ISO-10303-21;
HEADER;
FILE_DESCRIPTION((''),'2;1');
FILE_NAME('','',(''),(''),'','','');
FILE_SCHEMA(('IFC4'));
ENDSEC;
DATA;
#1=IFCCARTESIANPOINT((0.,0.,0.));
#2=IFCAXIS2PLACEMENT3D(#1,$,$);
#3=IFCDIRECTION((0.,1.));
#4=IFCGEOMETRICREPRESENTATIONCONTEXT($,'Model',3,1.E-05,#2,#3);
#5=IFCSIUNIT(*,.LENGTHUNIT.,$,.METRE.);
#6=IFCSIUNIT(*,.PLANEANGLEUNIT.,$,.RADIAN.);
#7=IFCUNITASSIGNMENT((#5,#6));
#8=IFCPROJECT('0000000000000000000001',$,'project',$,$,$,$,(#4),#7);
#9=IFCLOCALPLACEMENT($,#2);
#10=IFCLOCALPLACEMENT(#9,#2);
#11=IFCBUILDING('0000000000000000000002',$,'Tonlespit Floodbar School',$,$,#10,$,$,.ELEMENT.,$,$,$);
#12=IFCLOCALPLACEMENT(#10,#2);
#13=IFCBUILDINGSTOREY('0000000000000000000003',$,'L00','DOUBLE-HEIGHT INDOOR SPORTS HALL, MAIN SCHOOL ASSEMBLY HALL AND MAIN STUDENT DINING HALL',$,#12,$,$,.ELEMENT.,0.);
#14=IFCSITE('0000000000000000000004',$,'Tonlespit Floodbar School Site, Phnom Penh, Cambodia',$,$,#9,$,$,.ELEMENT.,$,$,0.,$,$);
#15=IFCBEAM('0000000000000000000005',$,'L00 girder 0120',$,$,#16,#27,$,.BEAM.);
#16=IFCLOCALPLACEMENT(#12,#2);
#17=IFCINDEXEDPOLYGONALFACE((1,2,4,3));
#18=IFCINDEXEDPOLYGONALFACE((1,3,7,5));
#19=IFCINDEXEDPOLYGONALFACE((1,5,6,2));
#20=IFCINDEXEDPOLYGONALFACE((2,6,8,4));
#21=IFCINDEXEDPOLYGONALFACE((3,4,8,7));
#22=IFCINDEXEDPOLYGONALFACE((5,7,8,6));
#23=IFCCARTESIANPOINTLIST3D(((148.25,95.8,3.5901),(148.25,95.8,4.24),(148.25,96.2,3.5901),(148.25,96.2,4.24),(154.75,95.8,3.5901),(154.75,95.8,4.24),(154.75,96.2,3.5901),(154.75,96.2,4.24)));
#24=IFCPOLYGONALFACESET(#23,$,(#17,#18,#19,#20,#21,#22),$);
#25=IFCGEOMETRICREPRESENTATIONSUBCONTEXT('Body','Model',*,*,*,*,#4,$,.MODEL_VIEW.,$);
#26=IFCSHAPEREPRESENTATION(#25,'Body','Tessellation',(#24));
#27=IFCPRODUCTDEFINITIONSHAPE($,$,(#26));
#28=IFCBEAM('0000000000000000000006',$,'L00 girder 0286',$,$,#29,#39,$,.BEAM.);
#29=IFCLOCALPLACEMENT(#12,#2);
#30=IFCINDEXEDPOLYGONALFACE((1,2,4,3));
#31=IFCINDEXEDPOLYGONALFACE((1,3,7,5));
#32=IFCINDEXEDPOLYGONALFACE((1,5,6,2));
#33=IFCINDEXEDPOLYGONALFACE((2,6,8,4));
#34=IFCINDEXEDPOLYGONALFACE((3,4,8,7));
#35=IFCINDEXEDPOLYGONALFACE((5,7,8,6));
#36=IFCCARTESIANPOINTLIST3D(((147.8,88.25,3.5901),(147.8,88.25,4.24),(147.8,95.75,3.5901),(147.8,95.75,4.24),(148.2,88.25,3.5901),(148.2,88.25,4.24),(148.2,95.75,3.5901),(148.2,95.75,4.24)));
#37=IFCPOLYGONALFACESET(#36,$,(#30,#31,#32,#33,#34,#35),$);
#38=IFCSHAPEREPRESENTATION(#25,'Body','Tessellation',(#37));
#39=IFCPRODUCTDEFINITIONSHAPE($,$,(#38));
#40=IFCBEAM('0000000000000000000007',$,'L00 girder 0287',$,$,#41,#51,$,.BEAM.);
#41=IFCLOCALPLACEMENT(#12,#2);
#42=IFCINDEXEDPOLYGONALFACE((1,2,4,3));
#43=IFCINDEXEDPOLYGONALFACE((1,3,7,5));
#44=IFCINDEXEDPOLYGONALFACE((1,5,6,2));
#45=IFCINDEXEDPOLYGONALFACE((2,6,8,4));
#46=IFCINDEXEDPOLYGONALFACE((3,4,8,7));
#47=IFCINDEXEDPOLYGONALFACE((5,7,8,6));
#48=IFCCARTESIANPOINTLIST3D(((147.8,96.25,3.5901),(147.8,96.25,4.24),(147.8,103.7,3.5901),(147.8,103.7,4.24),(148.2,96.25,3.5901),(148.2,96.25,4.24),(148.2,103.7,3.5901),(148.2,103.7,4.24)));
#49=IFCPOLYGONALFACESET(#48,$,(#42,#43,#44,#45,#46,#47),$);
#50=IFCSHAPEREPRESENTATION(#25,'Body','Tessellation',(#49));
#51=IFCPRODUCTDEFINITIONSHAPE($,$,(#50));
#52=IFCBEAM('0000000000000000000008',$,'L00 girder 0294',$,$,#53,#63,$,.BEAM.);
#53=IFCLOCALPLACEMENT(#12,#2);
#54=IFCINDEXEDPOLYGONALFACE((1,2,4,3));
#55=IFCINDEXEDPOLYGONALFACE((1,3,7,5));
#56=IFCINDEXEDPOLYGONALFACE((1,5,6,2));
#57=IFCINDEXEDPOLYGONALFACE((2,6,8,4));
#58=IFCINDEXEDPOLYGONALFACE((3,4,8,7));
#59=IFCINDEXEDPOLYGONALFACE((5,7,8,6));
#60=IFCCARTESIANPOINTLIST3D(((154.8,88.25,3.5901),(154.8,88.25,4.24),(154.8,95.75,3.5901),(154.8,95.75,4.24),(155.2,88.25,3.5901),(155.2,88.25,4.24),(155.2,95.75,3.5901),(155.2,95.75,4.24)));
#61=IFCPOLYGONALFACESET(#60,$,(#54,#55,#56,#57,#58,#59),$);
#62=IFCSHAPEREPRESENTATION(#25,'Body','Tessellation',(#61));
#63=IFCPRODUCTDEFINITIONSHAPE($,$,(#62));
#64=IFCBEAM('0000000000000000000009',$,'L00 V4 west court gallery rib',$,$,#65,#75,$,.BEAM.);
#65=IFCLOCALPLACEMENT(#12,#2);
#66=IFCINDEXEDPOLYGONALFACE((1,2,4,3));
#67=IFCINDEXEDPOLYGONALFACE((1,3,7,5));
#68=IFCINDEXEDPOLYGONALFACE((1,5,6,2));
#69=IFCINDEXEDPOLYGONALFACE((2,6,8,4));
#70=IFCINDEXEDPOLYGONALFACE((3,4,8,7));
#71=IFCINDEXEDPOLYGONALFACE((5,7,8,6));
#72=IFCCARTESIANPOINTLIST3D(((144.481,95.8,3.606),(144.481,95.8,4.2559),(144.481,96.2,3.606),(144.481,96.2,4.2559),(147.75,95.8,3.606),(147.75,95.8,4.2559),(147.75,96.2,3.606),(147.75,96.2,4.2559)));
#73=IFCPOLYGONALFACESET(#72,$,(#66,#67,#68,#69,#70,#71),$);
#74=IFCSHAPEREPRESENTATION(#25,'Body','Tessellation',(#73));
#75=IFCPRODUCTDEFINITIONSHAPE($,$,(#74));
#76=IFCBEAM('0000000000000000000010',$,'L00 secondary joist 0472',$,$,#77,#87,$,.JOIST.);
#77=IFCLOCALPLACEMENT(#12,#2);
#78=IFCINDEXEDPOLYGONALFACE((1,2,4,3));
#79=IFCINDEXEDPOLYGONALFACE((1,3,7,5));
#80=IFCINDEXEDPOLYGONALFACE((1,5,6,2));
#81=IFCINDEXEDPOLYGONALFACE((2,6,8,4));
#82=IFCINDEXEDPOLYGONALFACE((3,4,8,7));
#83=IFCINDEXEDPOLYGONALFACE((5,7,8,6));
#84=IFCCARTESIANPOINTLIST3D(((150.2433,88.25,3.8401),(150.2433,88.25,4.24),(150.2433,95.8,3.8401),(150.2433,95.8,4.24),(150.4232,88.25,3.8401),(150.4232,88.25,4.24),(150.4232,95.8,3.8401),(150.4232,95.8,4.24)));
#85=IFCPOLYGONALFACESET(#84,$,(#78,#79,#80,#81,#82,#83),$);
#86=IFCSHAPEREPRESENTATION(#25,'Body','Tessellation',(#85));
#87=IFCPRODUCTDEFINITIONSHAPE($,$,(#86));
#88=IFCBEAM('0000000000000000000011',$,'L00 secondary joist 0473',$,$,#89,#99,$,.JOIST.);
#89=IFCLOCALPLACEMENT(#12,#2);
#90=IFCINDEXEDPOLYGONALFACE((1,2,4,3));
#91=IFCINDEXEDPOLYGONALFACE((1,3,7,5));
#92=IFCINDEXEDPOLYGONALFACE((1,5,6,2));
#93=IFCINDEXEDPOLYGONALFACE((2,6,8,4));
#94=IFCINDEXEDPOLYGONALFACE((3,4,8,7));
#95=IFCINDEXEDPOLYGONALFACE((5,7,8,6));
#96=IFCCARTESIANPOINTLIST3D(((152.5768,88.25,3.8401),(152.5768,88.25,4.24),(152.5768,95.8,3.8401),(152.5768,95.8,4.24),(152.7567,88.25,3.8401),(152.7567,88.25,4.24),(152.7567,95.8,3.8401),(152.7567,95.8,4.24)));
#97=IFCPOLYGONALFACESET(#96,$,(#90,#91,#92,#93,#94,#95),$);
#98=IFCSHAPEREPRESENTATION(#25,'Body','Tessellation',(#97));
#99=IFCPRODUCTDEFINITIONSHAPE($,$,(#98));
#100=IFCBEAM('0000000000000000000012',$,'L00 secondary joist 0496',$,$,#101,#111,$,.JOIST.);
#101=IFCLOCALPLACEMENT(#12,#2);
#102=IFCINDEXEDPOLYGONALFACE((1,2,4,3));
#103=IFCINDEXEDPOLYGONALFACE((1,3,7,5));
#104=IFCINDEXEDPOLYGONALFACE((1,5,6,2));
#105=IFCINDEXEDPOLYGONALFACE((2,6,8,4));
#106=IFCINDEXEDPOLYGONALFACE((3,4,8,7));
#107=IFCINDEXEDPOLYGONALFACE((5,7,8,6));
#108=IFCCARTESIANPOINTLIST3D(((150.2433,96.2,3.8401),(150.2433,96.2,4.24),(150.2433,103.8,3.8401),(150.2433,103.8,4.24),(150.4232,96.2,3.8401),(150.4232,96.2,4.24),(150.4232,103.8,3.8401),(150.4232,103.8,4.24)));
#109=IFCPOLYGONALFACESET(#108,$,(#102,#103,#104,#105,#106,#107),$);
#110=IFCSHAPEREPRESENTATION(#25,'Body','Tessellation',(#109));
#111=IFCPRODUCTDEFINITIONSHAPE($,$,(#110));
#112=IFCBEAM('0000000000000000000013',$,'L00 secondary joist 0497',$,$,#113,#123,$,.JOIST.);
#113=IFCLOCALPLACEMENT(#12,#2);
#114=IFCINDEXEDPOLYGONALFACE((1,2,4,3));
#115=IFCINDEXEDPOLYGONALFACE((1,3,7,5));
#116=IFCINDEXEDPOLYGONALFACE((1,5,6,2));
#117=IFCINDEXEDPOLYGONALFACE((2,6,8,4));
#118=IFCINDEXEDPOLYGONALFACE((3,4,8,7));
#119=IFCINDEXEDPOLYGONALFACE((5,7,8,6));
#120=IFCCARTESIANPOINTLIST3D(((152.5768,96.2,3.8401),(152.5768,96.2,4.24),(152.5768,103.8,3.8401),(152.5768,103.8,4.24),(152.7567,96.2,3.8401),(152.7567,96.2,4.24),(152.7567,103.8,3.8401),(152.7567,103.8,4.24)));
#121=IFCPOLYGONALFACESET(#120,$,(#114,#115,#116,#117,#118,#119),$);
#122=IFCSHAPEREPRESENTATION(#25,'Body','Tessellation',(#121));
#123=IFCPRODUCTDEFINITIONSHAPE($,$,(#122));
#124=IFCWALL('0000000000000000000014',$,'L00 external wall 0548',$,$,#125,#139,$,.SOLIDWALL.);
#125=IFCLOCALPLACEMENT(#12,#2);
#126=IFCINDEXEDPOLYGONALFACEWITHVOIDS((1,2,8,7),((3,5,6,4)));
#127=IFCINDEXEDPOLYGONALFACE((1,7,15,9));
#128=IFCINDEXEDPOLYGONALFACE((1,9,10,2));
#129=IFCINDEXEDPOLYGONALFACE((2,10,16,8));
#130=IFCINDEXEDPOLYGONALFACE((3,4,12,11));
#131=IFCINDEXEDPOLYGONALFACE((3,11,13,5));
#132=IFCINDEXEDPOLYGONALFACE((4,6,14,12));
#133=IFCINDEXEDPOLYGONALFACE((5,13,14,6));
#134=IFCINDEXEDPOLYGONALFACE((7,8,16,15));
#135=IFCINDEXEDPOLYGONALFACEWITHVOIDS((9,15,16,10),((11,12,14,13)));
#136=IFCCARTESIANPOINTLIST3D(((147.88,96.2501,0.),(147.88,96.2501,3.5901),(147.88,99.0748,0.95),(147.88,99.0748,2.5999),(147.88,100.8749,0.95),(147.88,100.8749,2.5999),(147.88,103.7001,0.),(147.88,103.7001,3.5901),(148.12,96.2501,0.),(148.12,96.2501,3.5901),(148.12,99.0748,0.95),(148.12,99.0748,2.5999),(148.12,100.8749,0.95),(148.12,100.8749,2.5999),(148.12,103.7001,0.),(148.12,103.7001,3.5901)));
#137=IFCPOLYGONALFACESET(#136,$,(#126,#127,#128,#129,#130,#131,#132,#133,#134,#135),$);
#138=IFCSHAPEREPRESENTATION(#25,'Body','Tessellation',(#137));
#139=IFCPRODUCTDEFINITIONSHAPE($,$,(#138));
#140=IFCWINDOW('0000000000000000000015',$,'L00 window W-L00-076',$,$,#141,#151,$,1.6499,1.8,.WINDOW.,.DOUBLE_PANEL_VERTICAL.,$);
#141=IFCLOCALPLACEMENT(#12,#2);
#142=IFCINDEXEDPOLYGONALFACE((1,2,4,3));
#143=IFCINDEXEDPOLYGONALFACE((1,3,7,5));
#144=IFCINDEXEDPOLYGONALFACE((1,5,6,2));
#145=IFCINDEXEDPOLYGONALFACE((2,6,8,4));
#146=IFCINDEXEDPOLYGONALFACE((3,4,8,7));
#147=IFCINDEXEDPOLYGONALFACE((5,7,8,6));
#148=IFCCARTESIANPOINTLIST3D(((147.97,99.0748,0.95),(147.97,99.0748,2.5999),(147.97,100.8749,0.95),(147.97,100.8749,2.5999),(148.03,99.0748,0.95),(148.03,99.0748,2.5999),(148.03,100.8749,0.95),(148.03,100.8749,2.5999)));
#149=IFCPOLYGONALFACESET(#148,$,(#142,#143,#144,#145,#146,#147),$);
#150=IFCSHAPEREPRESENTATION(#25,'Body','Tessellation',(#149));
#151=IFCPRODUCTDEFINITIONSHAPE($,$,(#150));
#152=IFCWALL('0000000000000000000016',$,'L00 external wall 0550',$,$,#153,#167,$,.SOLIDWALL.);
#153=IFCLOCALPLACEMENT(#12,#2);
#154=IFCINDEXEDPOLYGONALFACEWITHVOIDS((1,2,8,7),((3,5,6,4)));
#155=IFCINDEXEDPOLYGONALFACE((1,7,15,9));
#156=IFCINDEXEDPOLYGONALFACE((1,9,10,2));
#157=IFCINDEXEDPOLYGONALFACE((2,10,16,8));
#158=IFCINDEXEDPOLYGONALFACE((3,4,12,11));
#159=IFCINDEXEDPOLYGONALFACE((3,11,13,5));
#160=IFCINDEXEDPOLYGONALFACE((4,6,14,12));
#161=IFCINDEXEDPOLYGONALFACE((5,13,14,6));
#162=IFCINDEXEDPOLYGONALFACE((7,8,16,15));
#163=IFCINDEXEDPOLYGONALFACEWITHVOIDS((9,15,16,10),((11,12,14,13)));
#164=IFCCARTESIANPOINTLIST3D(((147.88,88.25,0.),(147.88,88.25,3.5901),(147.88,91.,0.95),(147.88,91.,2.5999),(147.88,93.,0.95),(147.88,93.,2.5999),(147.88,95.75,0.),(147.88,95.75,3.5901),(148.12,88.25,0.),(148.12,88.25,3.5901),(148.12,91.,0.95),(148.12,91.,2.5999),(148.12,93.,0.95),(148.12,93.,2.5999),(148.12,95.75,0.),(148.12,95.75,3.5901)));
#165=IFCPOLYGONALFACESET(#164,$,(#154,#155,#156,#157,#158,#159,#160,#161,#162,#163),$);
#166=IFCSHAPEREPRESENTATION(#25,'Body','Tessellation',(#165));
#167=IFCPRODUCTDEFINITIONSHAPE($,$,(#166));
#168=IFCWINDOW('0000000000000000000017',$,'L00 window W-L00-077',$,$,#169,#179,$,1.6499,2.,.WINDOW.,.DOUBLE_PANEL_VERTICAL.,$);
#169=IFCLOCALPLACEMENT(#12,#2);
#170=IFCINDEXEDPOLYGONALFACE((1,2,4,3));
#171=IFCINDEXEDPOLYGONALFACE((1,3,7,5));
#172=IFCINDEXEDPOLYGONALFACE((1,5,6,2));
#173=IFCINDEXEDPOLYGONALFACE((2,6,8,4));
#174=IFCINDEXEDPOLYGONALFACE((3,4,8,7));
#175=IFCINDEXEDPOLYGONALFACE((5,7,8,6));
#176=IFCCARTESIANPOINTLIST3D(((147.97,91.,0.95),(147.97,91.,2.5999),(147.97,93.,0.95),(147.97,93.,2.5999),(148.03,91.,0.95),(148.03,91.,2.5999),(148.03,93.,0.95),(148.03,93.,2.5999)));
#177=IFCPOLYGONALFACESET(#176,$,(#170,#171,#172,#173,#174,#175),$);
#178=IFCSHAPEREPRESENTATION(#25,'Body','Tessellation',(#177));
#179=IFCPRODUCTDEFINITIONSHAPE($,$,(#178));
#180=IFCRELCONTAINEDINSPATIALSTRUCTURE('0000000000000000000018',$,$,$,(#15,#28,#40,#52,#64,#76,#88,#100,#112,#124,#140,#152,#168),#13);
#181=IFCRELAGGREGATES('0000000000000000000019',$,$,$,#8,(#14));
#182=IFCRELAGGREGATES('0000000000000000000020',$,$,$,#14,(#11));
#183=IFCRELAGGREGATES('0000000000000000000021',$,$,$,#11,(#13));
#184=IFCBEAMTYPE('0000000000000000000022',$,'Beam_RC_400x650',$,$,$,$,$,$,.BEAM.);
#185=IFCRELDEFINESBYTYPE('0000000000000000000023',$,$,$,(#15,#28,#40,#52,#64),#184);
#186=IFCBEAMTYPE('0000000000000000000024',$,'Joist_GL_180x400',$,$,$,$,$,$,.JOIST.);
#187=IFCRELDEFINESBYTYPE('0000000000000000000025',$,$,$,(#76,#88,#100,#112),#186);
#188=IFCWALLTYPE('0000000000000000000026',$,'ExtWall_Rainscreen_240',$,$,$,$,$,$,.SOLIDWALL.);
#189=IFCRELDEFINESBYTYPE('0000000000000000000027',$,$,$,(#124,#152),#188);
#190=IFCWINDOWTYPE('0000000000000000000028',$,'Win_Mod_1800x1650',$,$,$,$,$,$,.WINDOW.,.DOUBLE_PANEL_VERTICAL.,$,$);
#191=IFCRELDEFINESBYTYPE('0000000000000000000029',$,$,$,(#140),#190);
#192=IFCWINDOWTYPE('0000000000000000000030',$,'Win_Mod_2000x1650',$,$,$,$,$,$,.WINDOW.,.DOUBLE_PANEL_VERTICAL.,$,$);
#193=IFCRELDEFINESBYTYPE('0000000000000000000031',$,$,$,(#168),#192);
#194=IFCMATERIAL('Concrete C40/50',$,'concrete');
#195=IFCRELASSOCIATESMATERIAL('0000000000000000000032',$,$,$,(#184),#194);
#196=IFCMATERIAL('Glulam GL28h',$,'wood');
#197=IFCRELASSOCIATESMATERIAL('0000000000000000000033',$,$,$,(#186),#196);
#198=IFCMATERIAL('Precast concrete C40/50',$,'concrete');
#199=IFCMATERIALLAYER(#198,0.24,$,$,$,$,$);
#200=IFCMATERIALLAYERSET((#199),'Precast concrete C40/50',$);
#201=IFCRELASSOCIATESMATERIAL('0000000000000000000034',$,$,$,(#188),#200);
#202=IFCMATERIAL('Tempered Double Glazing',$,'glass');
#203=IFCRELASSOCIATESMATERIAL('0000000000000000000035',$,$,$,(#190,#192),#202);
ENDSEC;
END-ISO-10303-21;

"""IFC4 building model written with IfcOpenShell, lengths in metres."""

from ifc_helpers import new_model, si_unit, direction, frame, frame_2d, origin, origin_2d, place, context, subcontext, project, spatial, rectangle, extrude, material, layer, layer_set, material_profile, profile_set, type_object, element, fill, save


model = new_model("IFC4")

# Units and contexts
model_context = context("Model", 3, precision=1e-05, world=origin(), true_north=direction((0.0, 1.0)))
body_context = subcontext(model_context, "Body", "Model", "MODEL_VIEW")
ifc_project = project(units=[si_unit("LENGTHUNIT", "METRE"), si_unit("PLANEANGLEUNIT", "RADIAN")], contexts=[model_context])

# Site, building, storey
site_placement = place(None, origin())
site = spatial("IfcSite", under=ifc_project, at=site_placement, Name="Tonlespit Floodbar School Site, Phnom Penh, Cambodia", CompositionType="ELEMENT", RefElevation=0.0)
building_placement = place(site_placement, origin())
building = spatial("IfcBuilding", under=site, at=building_placement, Name="Tonlespit Floodbar School", CompositionType="ELEMENT")
storey_placement = place(building_placement, origin())
storey = spatial("IfcBuildingStorey", under=building, at=storey_placement, Name="L00", Description="DOUBLE-HEIGHT INDOOR SPORTS HALL, MAIN SCHOOL ASSEMBLY HALL AND MAIN STUDENT DINING HALL", CompositionType="ELEMENT", Elevation=0.0)

# Shared definitions
ifc_material_1 = material(Name="Concrete C40/50", Category="concrete")

# Beams
ifc_material_profile_1 = material_profile(ifc_material_1, rectangle(XDim=0.3999, YDim=0.6499, at=origin_2d()), Name="RC 400x650")
ifc_profile_set_1 = profile_set([ifc_material_profile_1], Name="Concrete C40/50")
beam_type_1 = type_object("IfcBeamType", Name="Beam_RC_400x650", PredefinedType="BEAM", material=ifc_profile_set_1)
beam_1_placement = place(storey_placement, frame((148.25, 96.0, 3.915), z_axis=(1.0, 0.0, 0.0), x_axis=(0.0, 1.0, 0.0)))
element("IfcBeam", 1, at=beam_1_placement, inside=storey, type_object=beam_type_1, Name="L00 girder 0120", PredefinedType="BEAM", context=body_context, shape_type="SweptSolid", body=[
    extrude(rectangle(XDim=0.3999, YDim=0.6499, at=origin_2d()), origin(), (0.0, 0.0, 1.0), 6.5),
])
beam_2_placement = place(storey_placement, frame((148.0, 88.25, 3.915), z_axis=(0.0, 1.0, 0.0), x_axis=(-1.0, 0.0, 0.0)))
element("IfcBeam", 2, at=beam_2_placement, inside=storey, type_object=beam_type_1, Name="L00 girder 0286", PredefinedType="BEAM", context=body_context, shape_type="SweptSolid", body=[
    extrude(rectangle(XDim=0.3999, YDim=0.6499, at=origin_2d()), origin(), (0.0, 0.0, 1.0), 7.5),
])
beam_3_placement = place(storey_placement, frame((148.0, 96.25, 3.915), z_axis=(0.0, 1.0, 0.0), x_axis=(-1.0, 0.0, 0.0)))
element("IfcBeam", 3, at=beam_3_placement, inside=storey, type_object=beam_type_1, Name="L00 girder 0287", PredefinedType="BEAM", context=body_context, shape_type="SweptSolid", body=[
    extrude(rectangle(XDim=0.3999, YDim=0.6499, at=origin_2d()), origin(), (0.0, 0.0, 1.0), 7.45),
])
beam_4_placement = place(storey_placement, frame((155.0, 88.25, 3.915), z_axis=(0.0, 1.0, 0.0), x_axis=(-1.0, 0.0, 0.0)))
element("IfcBeam", 4, at=beam_4_placement, inside=storey, type_object=beam_type_1, Name="L00 girder 0294", PredefinedType="BEAM", context=body_context, shape_type="SweptSolid", body=[
    extrude(rectangle(XDim=0.3999, YDim=0.6499, at=origin_2d()), origin(), (0.0, 0.0, 1.0), 7.5),
])
beam_5_placement = place(storey_placement, frame((147.75, 96.0, 3.9309), z_axis=(-1.0, 0.0, 0.0), x_axis=(0.0, -1.0, 0.0)))
element("IfcBeam", 5, at=beam_5_placement, inside=storey, type_object=beam_type_1, Name="L00 V4 west court gallery rib", PredefinedType="BEAM", context=body_context, shape_type="SweptSolid", body=[
    extrude(rectangle(XDim=0.3999, YDim=0.6499, at=origin_2d()), origin(), (0.0, 0.0, 1.0), 3.269),
])
ifc_material_2 = material(Name="Glulam GL28h", Category="wood")
ifc_material_profile_2 = material_profile(ifc_material_2, rectangle(XDim=0.1799, YDim=0.3999, at=origin_2d()), Name="GL 180x400")
ifc_profile_set_2 = profile_set([ifc_material_profile_2], Name="Glulam GL28h")
beam_type_2 = type_object("IfcBeamType", Name="Joist_GL_180x400", PredefinedType="JOIST", material=ifc_profile_set_2)
for number, where, z_axis, x_axis, name in (
    (6, (150.3333, 88.25, 4.04), (0.0, 1.0, 0.0), (-1.0, 0.0, 0.0), "L00 secondary joist 0472"),
    (7, (152.6667, 88.25, 4.04), (0.0, 1.0, 0.0), (-1.0, 0.0, 0.0), "L00 secondary joist 0473"),
):
    element("IfcBeam", number, at=place(storey_placement, frame(where, z_axis=z_axis, x_axis=x_axis)), inside=storey, type_object=beam_type_2, Name=name, PredefinedType="JOIST", context=body_context, shape_type="SweptSolid", body=[
        extrude(rectangle(XDim=0.1799, YDim=0.3999, at=origin_2d()), origin(), (0.0, 0.0, 1.0), 7.55),
    ])
for number, where, z_axis, x_axis, name in (
    (8, (150.3333, 96.2, 4.04), (0.0, 1.0, 0.0), (-1.0, 0.0, 0.0), "L00 secondary joist 0496"),
    (9, (152.6667, 96.2, 4.04), (0.0, 1.0, 0.0), (-1.0, 0.0, 0.0), "L00 secondary joist 0497"),
):
    element("IfcBeam", number, at=place(storey_placement, frame(where, z_axis=z_axis, x_axis=x_axis)), inside=storey, type_object=beam_type_2, Name=name, PredefinedType="JOIST", context=body_context, shape_type="SweptSolid", body=[
        extrude(rectangle(XDim=0.1799, YDim=0.3999, at=origin_2d()), origin(), (0.0, 0.0, 1.0), 7.6001),
    ])

# Walls, openings, windows
ifc_material_3 = material(Name="Precast concrete C40/50", Category="concrete")
ifc_layer_1 = layer(ifc_material_3, 0.24)
ifc_layer_set_1 = layer_set([ifc_layer_1], Name="Precast concrete C40/50")
wall_type_1 = type_object("IfcWallType", Name="ExtWall_Rainscreen_240", PredefinedType="SOLIDWALL", material=ifc_layer_set_1)
wall_1_placement = place(storey_placement, frame((148.0, 96.25, 0.0), z_axis=(0.0, 0.0, 1.0), x_axis=(0.0, 1.0, 0.0)))
wall_1 = element("IfcWall", 10, at=wall_1_placement, inside=storey, type_object=wall_type_1, Name="L00 external wall 0548", PredefinedType="SOLIDWALL", context=body_context, shape_type="SweptSolid", body=[
    extrude(rectangle(XDim=7.45, YDim=0.24, at=frame_2d((3.7251, 0.0))), origin(), (0.0, 0.0, 1.0), 3.5901),
])
opening_1_placement = place(wall_1_placement, frame((2.825, 0.0, 0.95)))
opening_1 = element("IfcOpeningElement", 11, at=opening_1_placement, cuts=wall_1, PredefinedType="OPENING", context=body_context, shape_type="SweptSolid", body=[
    extrude(rectangle(XDim=1.8, YDim=1.6499, at=frame_2d((0.8999, 0.825))), frame((0.0, 0.1299, 0.0), z_axis=(0.0, -1.0, 0.0), x_axis=(1.0, 0.0, 0.0)), (0.0, 0.0, 1.0), 0.26),
])
ifc_material_4 = material(Name="Tempered Double Glazing", Category="glass")
window_type_1 = type_object("IfcWindowType", Name="Win_Mod_1800x1650", PartitioningType="DOUBLE_PANEL_VERTICAL", PredefinedType="WINDOW", material=ifc_material_4)
window_1_placement = place(opening_1_placement, origin())
window_1 = element("IfcWindow", 12, at=window_1_placement, inside=storey, type_object=window_type_1, Name="L00 window W-L00-076", OverallHeight=1.6499, OverallWidth=1.8, PartitioningType="DOUBLE_PANEL_VERTICAL", PredefinedType="WINDOW", context=body_context, shape_type="SweptSolid", body=[
    extrude(rectangle(XDim=1.8, YDim=1.6499, at=frame_2d((0.8999, 0.825))), frame((0.0, 0.03, 0.0), z_axis=(0.0, -1.0, 0.0), x_axis=(1.0, 0.0, 0.0)), (0.0, 0.0, 1.0), 0.0601),
])
fill(opening_1, window_1)
wall_2_placement = place(storey_placement, frame((148.0, 88.25, 0.0), z_axis=(0.0, 0.0, 1.0), x_axis=(0.0, 1.0, 0.0)))
wall_2 = element("IfcWall", 13, at=wall_2_placement, inside=storey, type_object=wall_type_1, Name="L00 external wall 0550", PredefinedType="SOLIDWALL", context=body_context, shape_type="SweptSolid", body=[
    extrude(rectangle(XDim=7.5, YDim=0.24, at=frame_2d((3.75, 0.0))), origin(), (0.0, 0.0, 1.0), 3.5901),
])
opening_2_placement = place(wall_2_placement, frame((2.75, 0.0, 0.95)))
opening_2 = element("IfcOpeningElement", 14, at=opening_2_placement, cuts=wall_2, PredefinedType="OPENING", context=body_context, shape_type="SweptSolid", body=[
    extrude(rectangle(XDim=2.0, YDim=1.6499, at=frame_2d((1.0, 0.825))), frame((0.0, 0.1299, 0.0), z_axis=(0.0, -1.0, 0.0), x_axis=(1.0, 0.0, 0.0)), (0.0, 0.0, 1.0), 0.26),
])
window_type_2 = type_object("IfcWindowType", Name="Win_Mod_2000x1650", PartitioningType="DOUBLE_PANEL_VERTICAL", PredefinedType="WINDOW", material=ifc_material_4)
window_2_placement = place(opening_2_placement, origin())
window_2 = element("IfcWindow", 15, at=window_2_placement, inside=storey, type_object=window_type_2, Name="L00 window W-L00-077", OverallHeight=1.6499, OverallWidth=2.0, PartitioningType="DOUBLE_PANEL_VERTICAL", PredefinedType="WINDOW", context=body_context, shape_type="SweptSolid", body=[
    extrude(rectangle(XDim=2.0, YDim=1.6499, at=frame_2d((1.0, 0.825))), frame((0.0, 0.03, 0.0), z_axis=(0.0, -1.0, 0.0), x_axis=(1.0, 0.0, 0.0)), (0.0, 0.0, 1.0), 0.0601),
])
fill(opening_2, window_2)

save(model, "model.ifc")
